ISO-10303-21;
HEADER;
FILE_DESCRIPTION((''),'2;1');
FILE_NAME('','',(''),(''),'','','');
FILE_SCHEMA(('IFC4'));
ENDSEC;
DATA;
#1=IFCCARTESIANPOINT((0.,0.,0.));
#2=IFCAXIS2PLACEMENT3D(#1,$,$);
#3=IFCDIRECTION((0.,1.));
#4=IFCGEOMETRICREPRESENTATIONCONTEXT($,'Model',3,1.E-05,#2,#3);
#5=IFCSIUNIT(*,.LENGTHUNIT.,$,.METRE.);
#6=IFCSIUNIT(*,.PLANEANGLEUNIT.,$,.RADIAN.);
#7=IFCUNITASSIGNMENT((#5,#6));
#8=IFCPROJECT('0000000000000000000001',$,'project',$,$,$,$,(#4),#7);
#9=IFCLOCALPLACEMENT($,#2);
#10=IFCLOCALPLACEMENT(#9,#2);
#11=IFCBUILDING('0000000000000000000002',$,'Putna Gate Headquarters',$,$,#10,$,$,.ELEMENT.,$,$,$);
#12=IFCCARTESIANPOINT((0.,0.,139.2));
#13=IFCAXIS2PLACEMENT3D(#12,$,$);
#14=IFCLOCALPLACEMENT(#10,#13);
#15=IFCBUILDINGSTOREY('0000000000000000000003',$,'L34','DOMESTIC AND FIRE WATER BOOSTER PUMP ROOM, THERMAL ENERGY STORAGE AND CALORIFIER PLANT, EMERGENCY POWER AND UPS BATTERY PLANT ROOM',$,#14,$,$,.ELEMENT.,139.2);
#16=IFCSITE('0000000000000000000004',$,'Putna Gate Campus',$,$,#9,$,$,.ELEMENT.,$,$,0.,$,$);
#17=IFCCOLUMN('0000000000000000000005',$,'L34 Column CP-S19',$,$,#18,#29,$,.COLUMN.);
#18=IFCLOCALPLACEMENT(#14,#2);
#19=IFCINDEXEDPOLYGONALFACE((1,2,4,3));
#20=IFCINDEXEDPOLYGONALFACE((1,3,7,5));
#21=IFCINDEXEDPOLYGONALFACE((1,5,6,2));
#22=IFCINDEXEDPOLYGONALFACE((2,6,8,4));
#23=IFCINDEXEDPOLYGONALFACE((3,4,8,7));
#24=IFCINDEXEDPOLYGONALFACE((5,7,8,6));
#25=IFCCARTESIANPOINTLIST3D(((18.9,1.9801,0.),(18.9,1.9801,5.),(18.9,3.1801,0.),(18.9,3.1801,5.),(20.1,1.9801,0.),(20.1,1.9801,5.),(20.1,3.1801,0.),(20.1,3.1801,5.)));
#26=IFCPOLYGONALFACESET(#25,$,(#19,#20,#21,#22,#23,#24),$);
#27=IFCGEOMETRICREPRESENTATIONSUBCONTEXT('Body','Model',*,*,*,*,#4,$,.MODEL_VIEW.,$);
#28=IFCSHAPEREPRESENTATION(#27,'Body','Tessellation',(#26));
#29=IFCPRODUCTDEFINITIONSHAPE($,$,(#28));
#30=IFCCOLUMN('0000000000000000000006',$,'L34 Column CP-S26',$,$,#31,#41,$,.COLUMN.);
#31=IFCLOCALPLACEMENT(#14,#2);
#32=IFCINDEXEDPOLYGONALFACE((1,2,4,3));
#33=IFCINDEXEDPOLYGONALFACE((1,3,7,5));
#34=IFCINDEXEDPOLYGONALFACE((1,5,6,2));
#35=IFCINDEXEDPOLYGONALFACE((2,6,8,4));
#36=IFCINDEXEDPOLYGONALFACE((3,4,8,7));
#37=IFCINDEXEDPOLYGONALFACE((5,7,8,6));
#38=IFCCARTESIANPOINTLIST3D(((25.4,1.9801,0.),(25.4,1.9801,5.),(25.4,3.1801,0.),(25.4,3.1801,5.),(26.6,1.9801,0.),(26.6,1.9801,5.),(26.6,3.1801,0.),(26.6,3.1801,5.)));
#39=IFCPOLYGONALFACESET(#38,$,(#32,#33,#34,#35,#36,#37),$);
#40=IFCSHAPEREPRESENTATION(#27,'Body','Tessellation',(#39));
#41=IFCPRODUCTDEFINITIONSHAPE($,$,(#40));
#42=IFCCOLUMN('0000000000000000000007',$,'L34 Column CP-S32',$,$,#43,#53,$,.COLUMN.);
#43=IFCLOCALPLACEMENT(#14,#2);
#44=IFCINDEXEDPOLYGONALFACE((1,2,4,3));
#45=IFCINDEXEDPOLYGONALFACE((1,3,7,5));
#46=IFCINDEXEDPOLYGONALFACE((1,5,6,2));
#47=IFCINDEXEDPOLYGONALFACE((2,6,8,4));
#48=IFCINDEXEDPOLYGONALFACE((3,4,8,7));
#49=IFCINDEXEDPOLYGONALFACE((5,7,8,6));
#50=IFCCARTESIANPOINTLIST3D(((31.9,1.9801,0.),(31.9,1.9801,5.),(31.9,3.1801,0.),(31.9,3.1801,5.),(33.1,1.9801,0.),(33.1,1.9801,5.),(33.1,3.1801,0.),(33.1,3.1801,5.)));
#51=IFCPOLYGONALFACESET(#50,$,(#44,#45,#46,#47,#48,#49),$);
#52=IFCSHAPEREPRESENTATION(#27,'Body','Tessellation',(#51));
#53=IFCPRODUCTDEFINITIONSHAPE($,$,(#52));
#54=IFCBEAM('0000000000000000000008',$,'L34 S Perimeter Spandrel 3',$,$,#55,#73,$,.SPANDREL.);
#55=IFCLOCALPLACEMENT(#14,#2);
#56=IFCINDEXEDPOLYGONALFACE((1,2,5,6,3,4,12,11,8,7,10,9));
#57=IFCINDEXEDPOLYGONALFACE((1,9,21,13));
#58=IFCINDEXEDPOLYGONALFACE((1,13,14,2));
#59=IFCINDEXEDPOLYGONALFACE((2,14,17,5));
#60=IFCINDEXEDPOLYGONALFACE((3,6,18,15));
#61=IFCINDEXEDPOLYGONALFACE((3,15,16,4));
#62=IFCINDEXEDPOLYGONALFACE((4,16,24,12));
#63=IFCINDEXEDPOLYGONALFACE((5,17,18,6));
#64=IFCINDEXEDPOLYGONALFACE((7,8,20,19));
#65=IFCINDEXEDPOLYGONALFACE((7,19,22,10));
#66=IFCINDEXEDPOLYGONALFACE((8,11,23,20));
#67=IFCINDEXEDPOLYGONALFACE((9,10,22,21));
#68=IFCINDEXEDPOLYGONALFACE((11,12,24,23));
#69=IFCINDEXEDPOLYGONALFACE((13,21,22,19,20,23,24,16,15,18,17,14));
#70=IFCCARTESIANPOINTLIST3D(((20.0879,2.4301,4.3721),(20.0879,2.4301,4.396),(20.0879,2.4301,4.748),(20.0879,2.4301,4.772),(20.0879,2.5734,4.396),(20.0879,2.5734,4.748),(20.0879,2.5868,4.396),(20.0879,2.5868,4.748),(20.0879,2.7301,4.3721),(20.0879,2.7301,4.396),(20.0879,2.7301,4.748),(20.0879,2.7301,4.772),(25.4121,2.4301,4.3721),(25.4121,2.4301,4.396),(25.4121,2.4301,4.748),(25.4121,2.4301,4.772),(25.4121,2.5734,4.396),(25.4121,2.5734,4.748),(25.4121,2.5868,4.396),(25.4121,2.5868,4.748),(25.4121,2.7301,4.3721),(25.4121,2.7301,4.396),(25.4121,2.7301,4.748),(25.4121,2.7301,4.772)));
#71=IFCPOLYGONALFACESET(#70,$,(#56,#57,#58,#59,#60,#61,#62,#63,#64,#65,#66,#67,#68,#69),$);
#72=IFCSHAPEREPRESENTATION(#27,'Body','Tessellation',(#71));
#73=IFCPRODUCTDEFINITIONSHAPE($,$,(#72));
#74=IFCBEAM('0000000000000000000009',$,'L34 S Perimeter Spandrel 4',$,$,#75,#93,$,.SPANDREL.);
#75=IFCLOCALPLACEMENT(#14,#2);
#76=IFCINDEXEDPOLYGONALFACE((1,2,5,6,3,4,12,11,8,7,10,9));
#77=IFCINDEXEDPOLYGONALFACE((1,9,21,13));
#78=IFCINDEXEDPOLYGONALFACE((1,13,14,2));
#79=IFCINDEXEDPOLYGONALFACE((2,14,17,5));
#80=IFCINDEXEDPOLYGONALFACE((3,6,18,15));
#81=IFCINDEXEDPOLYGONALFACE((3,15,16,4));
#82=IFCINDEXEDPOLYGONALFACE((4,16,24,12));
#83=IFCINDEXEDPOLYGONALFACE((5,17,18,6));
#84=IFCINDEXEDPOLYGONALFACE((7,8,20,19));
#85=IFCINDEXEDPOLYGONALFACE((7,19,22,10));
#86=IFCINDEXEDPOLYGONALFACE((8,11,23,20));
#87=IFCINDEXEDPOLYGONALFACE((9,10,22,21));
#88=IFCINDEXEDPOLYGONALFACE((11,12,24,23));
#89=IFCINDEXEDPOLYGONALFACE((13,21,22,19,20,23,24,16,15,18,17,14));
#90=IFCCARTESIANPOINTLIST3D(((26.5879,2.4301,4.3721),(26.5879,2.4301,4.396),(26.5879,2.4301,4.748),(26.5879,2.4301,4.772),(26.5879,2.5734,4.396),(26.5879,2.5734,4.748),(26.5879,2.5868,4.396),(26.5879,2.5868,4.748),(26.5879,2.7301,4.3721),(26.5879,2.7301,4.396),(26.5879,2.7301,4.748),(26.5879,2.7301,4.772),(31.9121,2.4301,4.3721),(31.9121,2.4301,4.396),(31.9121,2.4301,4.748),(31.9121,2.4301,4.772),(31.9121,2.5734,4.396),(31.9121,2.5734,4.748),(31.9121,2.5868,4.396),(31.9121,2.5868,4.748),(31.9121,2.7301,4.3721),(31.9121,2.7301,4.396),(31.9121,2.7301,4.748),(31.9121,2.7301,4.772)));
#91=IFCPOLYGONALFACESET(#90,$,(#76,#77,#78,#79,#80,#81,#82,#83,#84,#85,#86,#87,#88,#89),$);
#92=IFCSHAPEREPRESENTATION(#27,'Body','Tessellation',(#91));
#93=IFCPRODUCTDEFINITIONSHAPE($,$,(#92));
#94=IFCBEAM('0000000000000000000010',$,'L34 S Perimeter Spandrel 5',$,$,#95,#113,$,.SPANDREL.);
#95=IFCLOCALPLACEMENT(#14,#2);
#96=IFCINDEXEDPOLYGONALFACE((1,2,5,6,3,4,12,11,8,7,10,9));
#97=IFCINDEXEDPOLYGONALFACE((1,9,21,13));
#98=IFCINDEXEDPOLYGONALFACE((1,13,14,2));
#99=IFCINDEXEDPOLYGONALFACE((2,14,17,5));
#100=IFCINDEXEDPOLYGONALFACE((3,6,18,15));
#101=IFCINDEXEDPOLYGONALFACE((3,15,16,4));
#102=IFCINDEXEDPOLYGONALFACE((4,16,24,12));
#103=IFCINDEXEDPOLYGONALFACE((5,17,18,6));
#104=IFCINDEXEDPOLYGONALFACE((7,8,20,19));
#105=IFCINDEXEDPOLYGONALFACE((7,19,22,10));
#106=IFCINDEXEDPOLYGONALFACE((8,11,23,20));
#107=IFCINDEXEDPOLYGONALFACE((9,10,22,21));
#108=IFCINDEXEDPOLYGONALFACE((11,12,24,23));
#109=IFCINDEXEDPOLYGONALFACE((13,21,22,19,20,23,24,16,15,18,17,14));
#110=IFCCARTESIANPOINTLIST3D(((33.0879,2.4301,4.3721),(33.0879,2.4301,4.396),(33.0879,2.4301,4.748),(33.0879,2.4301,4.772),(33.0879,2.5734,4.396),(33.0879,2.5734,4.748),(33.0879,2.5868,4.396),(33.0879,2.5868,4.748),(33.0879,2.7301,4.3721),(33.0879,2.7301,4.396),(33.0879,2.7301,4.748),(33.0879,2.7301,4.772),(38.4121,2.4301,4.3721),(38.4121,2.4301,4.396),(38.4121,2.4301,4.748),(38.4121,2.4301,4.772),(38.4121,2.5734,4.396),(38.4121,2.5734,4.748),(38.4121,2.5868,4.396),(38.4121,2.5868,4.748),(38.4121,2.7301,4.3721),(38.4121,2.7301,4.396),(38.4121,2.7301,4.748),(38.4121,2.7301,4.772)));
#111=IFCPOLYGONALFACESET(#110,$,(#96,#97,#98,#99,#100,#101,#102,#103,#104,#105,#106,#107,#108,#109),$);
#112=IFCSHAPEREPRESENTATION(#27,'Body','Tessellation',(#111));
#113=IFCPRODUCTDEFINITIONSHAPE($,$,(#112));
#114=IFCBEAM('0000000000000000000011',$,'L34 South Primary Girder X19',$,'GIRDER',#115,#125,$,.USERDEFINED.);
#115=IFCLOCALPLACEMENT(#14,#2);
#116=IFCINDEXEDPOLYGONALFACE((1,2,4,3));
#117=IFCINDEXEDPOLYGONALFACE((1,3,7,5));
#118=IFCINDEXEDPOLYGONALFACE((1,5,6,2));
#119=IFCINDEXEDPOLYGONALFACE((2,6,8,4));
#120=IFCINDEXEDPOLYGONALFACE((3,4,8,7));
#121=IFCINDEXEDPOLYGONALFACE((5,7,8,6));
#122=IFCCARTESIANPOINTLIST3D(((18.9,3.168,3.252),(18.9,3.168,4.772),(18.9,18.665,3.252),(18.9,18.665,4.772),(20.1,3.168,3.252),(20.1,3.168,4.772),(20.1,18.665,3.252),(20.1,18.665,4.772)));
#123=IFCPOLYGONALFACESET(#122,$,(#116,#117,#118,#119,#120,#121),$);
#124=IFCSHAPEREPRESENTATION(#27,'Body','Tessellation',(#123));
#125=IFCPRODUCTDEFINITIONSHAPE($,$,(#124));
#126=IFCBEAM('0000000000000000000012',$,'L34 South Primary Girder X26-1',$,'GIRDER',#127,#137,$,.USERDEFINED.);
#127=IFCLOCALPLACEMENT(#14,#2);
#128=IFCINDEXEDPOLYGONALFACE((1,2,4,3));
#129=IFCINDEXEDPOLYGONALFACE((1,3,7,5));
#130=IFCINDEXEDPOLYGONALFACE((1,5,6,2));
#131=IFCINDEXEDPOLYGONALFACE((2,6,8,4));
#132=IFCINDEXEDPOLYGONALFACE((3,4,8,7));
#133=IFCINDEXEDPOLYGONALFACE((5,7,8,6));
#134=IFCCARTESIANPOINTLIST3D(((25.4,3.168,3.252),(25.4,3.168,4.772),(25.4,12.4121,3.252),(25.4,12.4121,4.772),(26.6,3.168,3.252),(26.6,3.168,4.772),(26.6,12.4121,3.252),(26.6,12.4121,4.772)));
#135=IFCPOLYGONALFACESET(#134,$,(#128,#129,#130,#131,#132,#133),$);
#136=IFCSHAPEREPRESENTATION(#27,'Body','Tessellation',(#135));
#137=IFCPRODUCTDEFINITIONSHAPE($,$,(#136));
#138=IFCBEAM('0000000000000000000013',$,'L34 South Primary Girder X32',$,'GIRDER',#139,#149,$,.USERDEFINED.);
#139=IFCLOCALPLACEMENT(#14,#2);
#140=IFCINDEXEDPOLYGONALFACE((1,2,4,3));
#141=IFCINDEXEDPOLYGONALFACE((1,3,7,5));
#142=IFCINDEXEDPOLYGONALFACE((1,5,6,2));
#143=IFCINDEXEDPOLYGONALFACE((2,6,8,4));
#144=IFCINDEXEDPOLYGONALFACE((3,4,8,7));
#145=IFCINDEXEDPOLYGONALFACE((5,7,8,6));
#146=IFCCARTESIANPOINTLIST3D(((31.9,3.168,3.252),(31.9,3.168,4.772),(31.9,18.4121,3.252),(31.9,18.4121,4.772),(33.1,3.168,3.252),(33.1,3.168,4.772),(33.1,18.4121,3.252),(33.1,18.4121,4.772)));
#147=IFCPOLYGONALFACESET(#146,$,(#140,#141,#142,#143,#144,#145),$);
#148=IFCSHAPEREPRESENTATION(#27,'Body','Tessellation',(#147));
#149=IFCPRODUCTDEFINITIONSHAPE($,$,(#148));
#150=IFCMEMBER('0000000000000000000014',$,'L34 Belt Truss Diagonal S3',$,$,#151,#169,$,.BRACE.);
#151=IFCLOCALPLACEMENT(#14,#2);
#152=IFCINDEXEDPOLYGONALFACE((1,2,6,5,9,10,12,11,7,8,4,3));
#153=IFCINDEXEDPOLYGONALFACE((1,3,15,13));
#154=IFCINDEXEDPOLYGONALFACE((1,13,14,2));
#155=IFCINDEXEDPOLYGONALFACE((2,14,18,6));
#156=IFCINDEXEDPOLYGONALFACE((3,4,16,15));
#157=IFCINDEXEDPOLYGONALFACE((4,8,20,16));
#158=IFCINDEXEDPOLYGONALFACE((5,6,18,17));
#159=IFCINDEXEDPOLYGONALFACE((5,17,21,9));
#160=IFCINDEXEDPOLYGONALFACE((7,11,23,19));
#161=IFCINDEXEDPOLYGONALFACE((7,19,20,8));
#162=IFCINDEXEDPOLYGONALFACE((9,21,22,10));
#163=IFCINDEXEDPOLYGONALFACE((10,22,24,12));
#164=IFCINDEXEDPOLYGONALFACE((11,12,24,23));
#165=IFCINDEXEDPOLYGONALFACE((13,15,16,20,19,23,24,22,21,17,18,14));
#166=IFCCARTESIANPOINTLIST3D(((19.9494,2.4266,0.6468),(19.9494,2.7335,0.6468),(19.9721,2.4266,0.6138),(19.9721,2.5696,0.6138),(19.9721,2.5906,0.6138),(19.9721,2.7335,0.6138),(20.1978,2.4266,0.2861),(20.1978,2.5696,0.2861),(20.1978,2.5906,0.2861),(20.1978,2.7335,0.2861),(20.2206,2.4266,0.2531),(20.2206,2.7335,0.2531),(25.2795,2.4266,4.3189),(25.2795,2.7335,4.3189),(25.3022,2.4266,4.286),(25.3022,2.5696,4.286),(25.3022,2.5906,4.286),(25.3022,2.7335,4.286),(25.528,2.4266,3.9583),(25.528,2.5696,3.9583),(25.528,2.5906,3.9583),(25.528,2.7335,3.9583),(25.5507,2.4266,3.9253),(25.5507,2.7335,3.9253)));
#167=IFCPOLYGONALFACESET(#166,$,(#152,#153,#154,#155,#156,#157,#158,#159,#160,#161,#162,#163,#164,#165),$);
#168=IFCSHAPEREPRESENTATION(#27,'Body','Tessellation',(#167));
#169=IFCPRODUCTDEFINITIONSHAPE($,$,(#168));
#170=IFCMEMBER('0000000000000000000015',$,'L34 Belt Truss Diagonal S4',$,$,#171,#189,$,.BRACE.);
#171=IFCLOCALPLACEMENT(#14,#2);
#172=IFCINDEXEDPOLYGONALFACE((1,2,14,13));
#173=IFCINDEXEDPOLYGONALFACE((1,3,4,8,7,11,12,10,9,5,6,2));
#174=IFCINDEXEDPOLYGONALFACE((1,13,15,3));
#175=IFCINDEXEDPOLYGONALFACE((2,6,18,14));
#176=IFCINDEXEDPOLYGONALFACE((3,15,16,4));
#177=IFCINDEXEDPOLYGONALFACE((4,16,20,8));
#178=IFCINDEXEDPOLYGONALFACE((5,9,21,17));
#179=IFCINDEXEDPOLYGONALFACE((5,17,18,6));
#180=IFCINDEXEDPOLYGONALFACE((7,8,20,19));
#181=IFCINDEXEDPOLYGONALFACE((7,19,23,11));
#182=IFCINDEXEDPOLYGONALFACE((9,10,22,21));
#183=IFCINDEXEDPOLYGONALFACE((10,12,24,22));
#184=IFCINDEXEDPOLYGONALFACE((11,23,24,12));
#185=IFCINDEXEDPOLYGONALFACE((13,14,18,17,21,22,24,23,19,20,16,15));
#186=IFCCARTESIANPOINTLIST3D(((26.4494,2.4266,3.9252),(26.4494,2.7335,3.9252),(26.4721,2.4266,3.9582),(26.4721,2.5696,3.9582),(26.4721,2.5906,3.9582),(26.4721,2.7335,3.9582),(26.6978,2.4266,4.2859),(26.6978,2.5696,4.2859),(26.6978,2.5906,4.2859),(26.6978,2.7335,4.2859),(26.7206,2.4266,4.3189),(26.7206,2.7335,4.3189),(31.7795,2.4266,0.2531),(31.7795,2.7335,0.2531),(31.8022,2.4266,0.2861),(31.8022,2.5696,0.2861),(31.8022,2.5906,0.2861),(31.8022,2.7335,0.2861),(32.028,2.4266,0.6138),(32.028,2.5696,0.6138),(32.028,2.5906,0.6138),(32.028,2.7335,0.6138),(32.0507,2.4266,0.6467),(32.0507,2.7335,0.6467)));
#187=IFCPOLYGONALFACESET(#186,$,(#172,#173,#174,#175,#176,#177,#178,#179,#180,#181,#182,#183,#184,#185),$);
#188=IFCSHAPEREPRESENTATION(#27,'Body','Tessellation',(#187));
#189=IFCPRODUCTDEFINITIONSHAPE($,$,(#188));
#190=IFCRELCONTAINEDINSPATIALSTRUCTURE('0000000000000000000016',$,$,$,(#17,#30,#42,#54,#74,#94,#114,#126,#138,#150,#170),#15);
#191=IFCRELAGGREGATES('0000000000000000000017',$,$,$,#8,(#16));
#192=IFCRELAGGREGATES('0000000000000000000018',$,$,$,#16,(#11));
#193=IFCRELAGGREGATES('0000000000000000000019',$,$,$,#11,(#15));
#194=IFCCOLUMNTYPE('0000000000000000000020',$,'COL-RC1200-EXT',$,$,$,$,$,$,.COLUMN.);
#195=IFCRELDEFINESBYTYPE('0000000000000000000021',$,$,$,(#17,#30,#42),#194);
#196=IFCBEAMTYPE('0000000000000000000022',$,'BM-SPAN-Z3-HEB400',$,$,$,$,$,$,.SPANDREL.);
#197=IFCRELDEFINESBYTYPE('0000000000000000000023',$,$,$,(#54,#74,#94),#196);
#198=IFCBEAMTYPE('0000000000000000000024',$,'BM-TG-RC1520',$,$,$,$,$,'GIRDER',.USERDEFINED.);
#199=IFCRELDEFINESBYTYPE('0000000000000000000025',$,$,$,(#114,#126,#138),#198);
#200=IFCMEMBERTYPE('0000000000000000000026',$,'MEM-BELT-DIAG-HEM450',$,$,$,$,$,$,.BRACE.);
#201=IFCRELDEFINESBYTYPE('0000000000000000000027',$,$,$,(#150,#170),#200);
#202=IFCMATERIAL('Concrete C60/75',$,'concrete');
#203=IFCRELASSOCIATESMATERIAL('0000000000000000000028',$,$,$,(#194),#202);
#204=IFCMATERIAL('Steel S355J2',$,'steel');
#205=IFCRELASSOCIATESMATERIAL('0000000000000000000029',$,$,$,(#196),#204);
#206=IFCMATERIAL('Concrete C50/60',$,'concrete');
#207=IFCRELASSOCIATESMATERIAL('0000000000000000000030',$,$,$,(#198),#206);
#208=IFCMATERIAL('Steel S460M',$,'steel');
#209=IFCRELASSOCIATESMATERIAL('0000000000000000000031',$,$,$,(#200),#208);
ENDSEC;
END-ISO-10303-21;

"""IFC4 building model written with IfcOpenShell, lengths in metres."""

from ifc_helpers import new_model, si_unit, direction, frame, origin, origin_2d, place, context, subcontext, project, spatial, rectangle, i_section, extrude, material, material_profile, profile_set, type_object, element, save


model = new_model("IFC4")

# Units and contexts
model_context = context("Model", 3, precision=1e-05, world=origin(), true_north=direction((0.0, 1.0)))
body_context = subcontext(model_context, "Body", "Model", "MODEL_VIEW")
ifc_project = project(units=[si_unit("LENGTHUNIT", "METRE"), si_unit("PLANEANGLEUNIT", "RADIAN")], contexts=[model_context])

# Site, building, storey
site_placement = place(None, origin())
site = spatial("IfcSite", under=ifc_project, at=site_placement, Name="Putna Gate Campus", CompositionType="ELEMENT", RefElevation=0.0)
building_placement = place(site_placement, origin())
building = spatial("IfcBuilding", under=site, at=building_placement, Name="Putna Gate Headquarters", CompositionType="ELEMENT")
storey_placement = place(building_placement, frame((0.0, 0.0, 139.2)))
storey = spatial("IfcBuildingStorey", under=building, at=storey_placement, Name="L34", Description="DOMESTIC AND FIRE WATER BOOSTER PUMP ROOM, THERMAL ENERGY STORAGE AND CALORIFIER PLANT, EMERGENCY POWER AND UPS BATTERY PLANT ROOM", CompositionType="ELEMENT", Elevation=139.2)

# Columns
ifc_material_1 = material(Name="Concrete C60/75", Category="concrete")
ifc_material_profile_1 = material_profile(ifc_material_1, rectangle(XDim=1.2, YDim=1.2, at=origin_2d()), Name="Concrete C60/75")
ifc_profile_set_1 = profile_set([ifc_material_profile_1], Name="Concrete C60/75")
column_type = type_object("IfcColumnType", Name="COL-RC1200-EXT", PredefinedType="COLUMN", material=ifc_profile_set_1)
for number, where, z_axis, x_axis, name in (
    (1, (19.5, 2.5801, 0.0), (0.0, 0.0, 1.0), (1.0, 0.0, 0.0), "L34 Column CP-S19"),
    (2, (26.0, 2.5801, 0.0), (0.0, 0.0, 1.0), (1.0, 0.0, 0.0), "L34 Column CP-S26"),
    (3, (32.5, 2.5801, 0.0), (0.0, 0.0, 1.0), (1.0, 0.0, 0.0), "L34 Column CP-S32"),
):
    element("IfcColumn", number, at=place(storey_placement, frame(where, z_axis=z_axis, x_axis=x_axis)), inside=storey, type_object=column_type, Name=name, PredefinedType="COLUMN", context=body_context, shape_type="SweptSolid", body=[
        extrude(rectangle(XDim=1.2, YDim=1.2, at=origin_2d()), origin(), (0.0, 0.0, 1.0), 5.0),
    ])

# Beams
ifc_material_2 = material(Name="Steel S355J2", Category="steel")
ifc_material_profile_2 = material_profile(ifc_material_2, i_section(OverallWidth=0.3, OverallDepth=0.3999, WebThickness=0.0134, FlangeThickness=0.0239, at=origin_2d()), Name="Steel S355J2")
ifc_profile_set_2 = profile_set([ifc_material_profile_2], Name="Steel S355J2")
beam_type_1 = type_object("IfcBeamType", Name="BM-SPAN-Z3-HEB400", PredefinedType="SPANDREL", material=ifc_profile_set_2)
for number, where, z_axis, x_axis, name in (
    (4, (20.0879, 2.5801, 4.572), (1.0, 0.0, 0.0), (0.0, 1.0, 0.0), "L34 S Perimeter Spandrel 3"),
    (5, (26.5879, 2.5801, 4.572), (1.0, 0.0, 0.0), (0.0, 1.0, 0.0), "L34 S Perimeter Spandrel 4"),
    (6, (33.0879, 2.5801, 4.572), (1.0, 0.0, 0.0), (0.0, 1.0, 0.0), "L34 S Perimeter Spandrel 5"),
):
    element("IfcBeam", number, at=place(storey_placement, frame(where, z_axis=z_axis, x_axis=x_axis)), inside=storey, type_object=beam_type_1, Name=name, PredefinedType="SPANDREL", context=body_context, shape_type="SweptSolid", body=[
        extrude(i_section(OverallWidth=0.3, OverallDepth=0.3999, WebThickness=0.0134, FlangeThickness=0.0239, at=origin_2d()), origin(), (0.0, 0.0, 1.0), 5.3242),
    ])
ifc_material_3 = material(Name="Concrete C50/60", Category="concrete")
ifc_material_profile_3 = material_profile(ifc_material_3, rectangle(XDim=1.2, YDim=1.52, at=origin_2d()), Name="Concrete C50/60")
ifc_profile_set_3 = profile_set([ifc_material_profile_3], Name="Concrete C50/60")
beam_type_2 = type_object("IfcBeamType", Name="BM-TG-RC1520", ElementType="GIRDER", PredefinedType="USERDEFINED", material=ifc_profile_set_3)
beam_1_placement = place(storey_placement, frame((19.5, 3.168, 4.012), z_axis=(0.0, 1.0, 0.0), x_axis=(-1.0, 0.0, 0.0)))
element("IfcBeam", 7, at=beam_1_placement, inside=storey, type_object=beam_type_2, Name="L34 South Primary Girder X19", ObjectType="GIRDER", PredefinedType="USERDEFINED", context=body_context, shape_type="SweptSolid", body=[
    extrude(rectangle(XDim=1.2, YDim=1.52, at=origin_2d()), origin(), (0.0, 0.0, 1.0), 15.4971),
])
beam_2_placement = place(storey_placement, frame((26.0, 3.168, 4.012), z_axis=(0.0, 1.0, 0.0), x_axis=(-1.0, 0.0, 0.0)))
element("IfcBeam", 8, at=beam_2_placement, inside=storey, type_object=beam_type_2, Name="L34 South Primary Girder X26-1", ObjectType="GIRDER", PredefinedType="USERDEFINED", context=body_context, shape_type="SweptSolid", body=[
    extrude(rectangle(XDim=1.2, YDim=1.52, at=origin_2d()), origin(), (0.0, 0.0, 1.0), 9.2441),
])
beam_3_placement = place(storey_placement, frame((32.5, 3.168, 4.012), z_axis=(0.0, 1.0, 0.0), x_axis=(-1.0, 0.0, 0.0)))
element("IfcBeam", 9, at=beam_3_placement, inside=storey, type_object=beam_type_2, Name="L34 South Primary Girder X32", ObjectType="GIRDER", PredefinedType="USERDEFINED", context=body_context, shape_type="SweptSolid", body=[
    extrude(rectangle(XDim=1.2, YDim=1.52, at=origin_2d()), origin(), (0.0, 0.0, 1.0), 15.2441),
])

# Members
ifc_material_4 = material(Name="Steel S460M", Category="steel")
ifc_material_profile_4 = material_profile(ifc_material_4, i_section(OverallWidth=0.3069, OverallDepth=0.478, WebThickness=0.021, FlangeThickness=0.04, at=origin_2d()), Name="Steel S460M")
ifc_profile_set_4 = profile_set([ifc_material_profile_4], Name="Steel S460M")
member_type_1 = type_object("IfcMemberType", Name="MEM-BELT-DIAG-HEM450", PredefinedType="BRACE", material=ifc_profile_set_4)
for number, where, z_axis, x_axis, name in (
    (10, (20.085, 2.5801, 0.45), (0.823487, 0.0, 0.567335), (0.0, 1.0, 0.0), "L34 Belt Truss Diagonal S3"),
    (11, (26.585, 2.5801, 4.1221), (0.823487, 0.0, -0.567335), (0.0, 1.0, 0.0), "L34 Belt Truss Diagonal S4"),
):
    element("IfcMember", number, at=place(storey_placement, frame(where, z_axis=z_axis, x_axis=x_axis)), inside=storey, type_object=member_type_1, Name=name, PredefinedType="BRACE", context=body_context, shape_type="SweptSolid", body=[
        extrude(i_section(OverallWidth=0.3069, OverallDepth=0.478, WebThickness=0.021, FlangeThickness=0.04, at=origin_2d()), origin(), (0.0, 0.0, 1.0), 6.4727),
    ])

save(model, "model.ifc")
